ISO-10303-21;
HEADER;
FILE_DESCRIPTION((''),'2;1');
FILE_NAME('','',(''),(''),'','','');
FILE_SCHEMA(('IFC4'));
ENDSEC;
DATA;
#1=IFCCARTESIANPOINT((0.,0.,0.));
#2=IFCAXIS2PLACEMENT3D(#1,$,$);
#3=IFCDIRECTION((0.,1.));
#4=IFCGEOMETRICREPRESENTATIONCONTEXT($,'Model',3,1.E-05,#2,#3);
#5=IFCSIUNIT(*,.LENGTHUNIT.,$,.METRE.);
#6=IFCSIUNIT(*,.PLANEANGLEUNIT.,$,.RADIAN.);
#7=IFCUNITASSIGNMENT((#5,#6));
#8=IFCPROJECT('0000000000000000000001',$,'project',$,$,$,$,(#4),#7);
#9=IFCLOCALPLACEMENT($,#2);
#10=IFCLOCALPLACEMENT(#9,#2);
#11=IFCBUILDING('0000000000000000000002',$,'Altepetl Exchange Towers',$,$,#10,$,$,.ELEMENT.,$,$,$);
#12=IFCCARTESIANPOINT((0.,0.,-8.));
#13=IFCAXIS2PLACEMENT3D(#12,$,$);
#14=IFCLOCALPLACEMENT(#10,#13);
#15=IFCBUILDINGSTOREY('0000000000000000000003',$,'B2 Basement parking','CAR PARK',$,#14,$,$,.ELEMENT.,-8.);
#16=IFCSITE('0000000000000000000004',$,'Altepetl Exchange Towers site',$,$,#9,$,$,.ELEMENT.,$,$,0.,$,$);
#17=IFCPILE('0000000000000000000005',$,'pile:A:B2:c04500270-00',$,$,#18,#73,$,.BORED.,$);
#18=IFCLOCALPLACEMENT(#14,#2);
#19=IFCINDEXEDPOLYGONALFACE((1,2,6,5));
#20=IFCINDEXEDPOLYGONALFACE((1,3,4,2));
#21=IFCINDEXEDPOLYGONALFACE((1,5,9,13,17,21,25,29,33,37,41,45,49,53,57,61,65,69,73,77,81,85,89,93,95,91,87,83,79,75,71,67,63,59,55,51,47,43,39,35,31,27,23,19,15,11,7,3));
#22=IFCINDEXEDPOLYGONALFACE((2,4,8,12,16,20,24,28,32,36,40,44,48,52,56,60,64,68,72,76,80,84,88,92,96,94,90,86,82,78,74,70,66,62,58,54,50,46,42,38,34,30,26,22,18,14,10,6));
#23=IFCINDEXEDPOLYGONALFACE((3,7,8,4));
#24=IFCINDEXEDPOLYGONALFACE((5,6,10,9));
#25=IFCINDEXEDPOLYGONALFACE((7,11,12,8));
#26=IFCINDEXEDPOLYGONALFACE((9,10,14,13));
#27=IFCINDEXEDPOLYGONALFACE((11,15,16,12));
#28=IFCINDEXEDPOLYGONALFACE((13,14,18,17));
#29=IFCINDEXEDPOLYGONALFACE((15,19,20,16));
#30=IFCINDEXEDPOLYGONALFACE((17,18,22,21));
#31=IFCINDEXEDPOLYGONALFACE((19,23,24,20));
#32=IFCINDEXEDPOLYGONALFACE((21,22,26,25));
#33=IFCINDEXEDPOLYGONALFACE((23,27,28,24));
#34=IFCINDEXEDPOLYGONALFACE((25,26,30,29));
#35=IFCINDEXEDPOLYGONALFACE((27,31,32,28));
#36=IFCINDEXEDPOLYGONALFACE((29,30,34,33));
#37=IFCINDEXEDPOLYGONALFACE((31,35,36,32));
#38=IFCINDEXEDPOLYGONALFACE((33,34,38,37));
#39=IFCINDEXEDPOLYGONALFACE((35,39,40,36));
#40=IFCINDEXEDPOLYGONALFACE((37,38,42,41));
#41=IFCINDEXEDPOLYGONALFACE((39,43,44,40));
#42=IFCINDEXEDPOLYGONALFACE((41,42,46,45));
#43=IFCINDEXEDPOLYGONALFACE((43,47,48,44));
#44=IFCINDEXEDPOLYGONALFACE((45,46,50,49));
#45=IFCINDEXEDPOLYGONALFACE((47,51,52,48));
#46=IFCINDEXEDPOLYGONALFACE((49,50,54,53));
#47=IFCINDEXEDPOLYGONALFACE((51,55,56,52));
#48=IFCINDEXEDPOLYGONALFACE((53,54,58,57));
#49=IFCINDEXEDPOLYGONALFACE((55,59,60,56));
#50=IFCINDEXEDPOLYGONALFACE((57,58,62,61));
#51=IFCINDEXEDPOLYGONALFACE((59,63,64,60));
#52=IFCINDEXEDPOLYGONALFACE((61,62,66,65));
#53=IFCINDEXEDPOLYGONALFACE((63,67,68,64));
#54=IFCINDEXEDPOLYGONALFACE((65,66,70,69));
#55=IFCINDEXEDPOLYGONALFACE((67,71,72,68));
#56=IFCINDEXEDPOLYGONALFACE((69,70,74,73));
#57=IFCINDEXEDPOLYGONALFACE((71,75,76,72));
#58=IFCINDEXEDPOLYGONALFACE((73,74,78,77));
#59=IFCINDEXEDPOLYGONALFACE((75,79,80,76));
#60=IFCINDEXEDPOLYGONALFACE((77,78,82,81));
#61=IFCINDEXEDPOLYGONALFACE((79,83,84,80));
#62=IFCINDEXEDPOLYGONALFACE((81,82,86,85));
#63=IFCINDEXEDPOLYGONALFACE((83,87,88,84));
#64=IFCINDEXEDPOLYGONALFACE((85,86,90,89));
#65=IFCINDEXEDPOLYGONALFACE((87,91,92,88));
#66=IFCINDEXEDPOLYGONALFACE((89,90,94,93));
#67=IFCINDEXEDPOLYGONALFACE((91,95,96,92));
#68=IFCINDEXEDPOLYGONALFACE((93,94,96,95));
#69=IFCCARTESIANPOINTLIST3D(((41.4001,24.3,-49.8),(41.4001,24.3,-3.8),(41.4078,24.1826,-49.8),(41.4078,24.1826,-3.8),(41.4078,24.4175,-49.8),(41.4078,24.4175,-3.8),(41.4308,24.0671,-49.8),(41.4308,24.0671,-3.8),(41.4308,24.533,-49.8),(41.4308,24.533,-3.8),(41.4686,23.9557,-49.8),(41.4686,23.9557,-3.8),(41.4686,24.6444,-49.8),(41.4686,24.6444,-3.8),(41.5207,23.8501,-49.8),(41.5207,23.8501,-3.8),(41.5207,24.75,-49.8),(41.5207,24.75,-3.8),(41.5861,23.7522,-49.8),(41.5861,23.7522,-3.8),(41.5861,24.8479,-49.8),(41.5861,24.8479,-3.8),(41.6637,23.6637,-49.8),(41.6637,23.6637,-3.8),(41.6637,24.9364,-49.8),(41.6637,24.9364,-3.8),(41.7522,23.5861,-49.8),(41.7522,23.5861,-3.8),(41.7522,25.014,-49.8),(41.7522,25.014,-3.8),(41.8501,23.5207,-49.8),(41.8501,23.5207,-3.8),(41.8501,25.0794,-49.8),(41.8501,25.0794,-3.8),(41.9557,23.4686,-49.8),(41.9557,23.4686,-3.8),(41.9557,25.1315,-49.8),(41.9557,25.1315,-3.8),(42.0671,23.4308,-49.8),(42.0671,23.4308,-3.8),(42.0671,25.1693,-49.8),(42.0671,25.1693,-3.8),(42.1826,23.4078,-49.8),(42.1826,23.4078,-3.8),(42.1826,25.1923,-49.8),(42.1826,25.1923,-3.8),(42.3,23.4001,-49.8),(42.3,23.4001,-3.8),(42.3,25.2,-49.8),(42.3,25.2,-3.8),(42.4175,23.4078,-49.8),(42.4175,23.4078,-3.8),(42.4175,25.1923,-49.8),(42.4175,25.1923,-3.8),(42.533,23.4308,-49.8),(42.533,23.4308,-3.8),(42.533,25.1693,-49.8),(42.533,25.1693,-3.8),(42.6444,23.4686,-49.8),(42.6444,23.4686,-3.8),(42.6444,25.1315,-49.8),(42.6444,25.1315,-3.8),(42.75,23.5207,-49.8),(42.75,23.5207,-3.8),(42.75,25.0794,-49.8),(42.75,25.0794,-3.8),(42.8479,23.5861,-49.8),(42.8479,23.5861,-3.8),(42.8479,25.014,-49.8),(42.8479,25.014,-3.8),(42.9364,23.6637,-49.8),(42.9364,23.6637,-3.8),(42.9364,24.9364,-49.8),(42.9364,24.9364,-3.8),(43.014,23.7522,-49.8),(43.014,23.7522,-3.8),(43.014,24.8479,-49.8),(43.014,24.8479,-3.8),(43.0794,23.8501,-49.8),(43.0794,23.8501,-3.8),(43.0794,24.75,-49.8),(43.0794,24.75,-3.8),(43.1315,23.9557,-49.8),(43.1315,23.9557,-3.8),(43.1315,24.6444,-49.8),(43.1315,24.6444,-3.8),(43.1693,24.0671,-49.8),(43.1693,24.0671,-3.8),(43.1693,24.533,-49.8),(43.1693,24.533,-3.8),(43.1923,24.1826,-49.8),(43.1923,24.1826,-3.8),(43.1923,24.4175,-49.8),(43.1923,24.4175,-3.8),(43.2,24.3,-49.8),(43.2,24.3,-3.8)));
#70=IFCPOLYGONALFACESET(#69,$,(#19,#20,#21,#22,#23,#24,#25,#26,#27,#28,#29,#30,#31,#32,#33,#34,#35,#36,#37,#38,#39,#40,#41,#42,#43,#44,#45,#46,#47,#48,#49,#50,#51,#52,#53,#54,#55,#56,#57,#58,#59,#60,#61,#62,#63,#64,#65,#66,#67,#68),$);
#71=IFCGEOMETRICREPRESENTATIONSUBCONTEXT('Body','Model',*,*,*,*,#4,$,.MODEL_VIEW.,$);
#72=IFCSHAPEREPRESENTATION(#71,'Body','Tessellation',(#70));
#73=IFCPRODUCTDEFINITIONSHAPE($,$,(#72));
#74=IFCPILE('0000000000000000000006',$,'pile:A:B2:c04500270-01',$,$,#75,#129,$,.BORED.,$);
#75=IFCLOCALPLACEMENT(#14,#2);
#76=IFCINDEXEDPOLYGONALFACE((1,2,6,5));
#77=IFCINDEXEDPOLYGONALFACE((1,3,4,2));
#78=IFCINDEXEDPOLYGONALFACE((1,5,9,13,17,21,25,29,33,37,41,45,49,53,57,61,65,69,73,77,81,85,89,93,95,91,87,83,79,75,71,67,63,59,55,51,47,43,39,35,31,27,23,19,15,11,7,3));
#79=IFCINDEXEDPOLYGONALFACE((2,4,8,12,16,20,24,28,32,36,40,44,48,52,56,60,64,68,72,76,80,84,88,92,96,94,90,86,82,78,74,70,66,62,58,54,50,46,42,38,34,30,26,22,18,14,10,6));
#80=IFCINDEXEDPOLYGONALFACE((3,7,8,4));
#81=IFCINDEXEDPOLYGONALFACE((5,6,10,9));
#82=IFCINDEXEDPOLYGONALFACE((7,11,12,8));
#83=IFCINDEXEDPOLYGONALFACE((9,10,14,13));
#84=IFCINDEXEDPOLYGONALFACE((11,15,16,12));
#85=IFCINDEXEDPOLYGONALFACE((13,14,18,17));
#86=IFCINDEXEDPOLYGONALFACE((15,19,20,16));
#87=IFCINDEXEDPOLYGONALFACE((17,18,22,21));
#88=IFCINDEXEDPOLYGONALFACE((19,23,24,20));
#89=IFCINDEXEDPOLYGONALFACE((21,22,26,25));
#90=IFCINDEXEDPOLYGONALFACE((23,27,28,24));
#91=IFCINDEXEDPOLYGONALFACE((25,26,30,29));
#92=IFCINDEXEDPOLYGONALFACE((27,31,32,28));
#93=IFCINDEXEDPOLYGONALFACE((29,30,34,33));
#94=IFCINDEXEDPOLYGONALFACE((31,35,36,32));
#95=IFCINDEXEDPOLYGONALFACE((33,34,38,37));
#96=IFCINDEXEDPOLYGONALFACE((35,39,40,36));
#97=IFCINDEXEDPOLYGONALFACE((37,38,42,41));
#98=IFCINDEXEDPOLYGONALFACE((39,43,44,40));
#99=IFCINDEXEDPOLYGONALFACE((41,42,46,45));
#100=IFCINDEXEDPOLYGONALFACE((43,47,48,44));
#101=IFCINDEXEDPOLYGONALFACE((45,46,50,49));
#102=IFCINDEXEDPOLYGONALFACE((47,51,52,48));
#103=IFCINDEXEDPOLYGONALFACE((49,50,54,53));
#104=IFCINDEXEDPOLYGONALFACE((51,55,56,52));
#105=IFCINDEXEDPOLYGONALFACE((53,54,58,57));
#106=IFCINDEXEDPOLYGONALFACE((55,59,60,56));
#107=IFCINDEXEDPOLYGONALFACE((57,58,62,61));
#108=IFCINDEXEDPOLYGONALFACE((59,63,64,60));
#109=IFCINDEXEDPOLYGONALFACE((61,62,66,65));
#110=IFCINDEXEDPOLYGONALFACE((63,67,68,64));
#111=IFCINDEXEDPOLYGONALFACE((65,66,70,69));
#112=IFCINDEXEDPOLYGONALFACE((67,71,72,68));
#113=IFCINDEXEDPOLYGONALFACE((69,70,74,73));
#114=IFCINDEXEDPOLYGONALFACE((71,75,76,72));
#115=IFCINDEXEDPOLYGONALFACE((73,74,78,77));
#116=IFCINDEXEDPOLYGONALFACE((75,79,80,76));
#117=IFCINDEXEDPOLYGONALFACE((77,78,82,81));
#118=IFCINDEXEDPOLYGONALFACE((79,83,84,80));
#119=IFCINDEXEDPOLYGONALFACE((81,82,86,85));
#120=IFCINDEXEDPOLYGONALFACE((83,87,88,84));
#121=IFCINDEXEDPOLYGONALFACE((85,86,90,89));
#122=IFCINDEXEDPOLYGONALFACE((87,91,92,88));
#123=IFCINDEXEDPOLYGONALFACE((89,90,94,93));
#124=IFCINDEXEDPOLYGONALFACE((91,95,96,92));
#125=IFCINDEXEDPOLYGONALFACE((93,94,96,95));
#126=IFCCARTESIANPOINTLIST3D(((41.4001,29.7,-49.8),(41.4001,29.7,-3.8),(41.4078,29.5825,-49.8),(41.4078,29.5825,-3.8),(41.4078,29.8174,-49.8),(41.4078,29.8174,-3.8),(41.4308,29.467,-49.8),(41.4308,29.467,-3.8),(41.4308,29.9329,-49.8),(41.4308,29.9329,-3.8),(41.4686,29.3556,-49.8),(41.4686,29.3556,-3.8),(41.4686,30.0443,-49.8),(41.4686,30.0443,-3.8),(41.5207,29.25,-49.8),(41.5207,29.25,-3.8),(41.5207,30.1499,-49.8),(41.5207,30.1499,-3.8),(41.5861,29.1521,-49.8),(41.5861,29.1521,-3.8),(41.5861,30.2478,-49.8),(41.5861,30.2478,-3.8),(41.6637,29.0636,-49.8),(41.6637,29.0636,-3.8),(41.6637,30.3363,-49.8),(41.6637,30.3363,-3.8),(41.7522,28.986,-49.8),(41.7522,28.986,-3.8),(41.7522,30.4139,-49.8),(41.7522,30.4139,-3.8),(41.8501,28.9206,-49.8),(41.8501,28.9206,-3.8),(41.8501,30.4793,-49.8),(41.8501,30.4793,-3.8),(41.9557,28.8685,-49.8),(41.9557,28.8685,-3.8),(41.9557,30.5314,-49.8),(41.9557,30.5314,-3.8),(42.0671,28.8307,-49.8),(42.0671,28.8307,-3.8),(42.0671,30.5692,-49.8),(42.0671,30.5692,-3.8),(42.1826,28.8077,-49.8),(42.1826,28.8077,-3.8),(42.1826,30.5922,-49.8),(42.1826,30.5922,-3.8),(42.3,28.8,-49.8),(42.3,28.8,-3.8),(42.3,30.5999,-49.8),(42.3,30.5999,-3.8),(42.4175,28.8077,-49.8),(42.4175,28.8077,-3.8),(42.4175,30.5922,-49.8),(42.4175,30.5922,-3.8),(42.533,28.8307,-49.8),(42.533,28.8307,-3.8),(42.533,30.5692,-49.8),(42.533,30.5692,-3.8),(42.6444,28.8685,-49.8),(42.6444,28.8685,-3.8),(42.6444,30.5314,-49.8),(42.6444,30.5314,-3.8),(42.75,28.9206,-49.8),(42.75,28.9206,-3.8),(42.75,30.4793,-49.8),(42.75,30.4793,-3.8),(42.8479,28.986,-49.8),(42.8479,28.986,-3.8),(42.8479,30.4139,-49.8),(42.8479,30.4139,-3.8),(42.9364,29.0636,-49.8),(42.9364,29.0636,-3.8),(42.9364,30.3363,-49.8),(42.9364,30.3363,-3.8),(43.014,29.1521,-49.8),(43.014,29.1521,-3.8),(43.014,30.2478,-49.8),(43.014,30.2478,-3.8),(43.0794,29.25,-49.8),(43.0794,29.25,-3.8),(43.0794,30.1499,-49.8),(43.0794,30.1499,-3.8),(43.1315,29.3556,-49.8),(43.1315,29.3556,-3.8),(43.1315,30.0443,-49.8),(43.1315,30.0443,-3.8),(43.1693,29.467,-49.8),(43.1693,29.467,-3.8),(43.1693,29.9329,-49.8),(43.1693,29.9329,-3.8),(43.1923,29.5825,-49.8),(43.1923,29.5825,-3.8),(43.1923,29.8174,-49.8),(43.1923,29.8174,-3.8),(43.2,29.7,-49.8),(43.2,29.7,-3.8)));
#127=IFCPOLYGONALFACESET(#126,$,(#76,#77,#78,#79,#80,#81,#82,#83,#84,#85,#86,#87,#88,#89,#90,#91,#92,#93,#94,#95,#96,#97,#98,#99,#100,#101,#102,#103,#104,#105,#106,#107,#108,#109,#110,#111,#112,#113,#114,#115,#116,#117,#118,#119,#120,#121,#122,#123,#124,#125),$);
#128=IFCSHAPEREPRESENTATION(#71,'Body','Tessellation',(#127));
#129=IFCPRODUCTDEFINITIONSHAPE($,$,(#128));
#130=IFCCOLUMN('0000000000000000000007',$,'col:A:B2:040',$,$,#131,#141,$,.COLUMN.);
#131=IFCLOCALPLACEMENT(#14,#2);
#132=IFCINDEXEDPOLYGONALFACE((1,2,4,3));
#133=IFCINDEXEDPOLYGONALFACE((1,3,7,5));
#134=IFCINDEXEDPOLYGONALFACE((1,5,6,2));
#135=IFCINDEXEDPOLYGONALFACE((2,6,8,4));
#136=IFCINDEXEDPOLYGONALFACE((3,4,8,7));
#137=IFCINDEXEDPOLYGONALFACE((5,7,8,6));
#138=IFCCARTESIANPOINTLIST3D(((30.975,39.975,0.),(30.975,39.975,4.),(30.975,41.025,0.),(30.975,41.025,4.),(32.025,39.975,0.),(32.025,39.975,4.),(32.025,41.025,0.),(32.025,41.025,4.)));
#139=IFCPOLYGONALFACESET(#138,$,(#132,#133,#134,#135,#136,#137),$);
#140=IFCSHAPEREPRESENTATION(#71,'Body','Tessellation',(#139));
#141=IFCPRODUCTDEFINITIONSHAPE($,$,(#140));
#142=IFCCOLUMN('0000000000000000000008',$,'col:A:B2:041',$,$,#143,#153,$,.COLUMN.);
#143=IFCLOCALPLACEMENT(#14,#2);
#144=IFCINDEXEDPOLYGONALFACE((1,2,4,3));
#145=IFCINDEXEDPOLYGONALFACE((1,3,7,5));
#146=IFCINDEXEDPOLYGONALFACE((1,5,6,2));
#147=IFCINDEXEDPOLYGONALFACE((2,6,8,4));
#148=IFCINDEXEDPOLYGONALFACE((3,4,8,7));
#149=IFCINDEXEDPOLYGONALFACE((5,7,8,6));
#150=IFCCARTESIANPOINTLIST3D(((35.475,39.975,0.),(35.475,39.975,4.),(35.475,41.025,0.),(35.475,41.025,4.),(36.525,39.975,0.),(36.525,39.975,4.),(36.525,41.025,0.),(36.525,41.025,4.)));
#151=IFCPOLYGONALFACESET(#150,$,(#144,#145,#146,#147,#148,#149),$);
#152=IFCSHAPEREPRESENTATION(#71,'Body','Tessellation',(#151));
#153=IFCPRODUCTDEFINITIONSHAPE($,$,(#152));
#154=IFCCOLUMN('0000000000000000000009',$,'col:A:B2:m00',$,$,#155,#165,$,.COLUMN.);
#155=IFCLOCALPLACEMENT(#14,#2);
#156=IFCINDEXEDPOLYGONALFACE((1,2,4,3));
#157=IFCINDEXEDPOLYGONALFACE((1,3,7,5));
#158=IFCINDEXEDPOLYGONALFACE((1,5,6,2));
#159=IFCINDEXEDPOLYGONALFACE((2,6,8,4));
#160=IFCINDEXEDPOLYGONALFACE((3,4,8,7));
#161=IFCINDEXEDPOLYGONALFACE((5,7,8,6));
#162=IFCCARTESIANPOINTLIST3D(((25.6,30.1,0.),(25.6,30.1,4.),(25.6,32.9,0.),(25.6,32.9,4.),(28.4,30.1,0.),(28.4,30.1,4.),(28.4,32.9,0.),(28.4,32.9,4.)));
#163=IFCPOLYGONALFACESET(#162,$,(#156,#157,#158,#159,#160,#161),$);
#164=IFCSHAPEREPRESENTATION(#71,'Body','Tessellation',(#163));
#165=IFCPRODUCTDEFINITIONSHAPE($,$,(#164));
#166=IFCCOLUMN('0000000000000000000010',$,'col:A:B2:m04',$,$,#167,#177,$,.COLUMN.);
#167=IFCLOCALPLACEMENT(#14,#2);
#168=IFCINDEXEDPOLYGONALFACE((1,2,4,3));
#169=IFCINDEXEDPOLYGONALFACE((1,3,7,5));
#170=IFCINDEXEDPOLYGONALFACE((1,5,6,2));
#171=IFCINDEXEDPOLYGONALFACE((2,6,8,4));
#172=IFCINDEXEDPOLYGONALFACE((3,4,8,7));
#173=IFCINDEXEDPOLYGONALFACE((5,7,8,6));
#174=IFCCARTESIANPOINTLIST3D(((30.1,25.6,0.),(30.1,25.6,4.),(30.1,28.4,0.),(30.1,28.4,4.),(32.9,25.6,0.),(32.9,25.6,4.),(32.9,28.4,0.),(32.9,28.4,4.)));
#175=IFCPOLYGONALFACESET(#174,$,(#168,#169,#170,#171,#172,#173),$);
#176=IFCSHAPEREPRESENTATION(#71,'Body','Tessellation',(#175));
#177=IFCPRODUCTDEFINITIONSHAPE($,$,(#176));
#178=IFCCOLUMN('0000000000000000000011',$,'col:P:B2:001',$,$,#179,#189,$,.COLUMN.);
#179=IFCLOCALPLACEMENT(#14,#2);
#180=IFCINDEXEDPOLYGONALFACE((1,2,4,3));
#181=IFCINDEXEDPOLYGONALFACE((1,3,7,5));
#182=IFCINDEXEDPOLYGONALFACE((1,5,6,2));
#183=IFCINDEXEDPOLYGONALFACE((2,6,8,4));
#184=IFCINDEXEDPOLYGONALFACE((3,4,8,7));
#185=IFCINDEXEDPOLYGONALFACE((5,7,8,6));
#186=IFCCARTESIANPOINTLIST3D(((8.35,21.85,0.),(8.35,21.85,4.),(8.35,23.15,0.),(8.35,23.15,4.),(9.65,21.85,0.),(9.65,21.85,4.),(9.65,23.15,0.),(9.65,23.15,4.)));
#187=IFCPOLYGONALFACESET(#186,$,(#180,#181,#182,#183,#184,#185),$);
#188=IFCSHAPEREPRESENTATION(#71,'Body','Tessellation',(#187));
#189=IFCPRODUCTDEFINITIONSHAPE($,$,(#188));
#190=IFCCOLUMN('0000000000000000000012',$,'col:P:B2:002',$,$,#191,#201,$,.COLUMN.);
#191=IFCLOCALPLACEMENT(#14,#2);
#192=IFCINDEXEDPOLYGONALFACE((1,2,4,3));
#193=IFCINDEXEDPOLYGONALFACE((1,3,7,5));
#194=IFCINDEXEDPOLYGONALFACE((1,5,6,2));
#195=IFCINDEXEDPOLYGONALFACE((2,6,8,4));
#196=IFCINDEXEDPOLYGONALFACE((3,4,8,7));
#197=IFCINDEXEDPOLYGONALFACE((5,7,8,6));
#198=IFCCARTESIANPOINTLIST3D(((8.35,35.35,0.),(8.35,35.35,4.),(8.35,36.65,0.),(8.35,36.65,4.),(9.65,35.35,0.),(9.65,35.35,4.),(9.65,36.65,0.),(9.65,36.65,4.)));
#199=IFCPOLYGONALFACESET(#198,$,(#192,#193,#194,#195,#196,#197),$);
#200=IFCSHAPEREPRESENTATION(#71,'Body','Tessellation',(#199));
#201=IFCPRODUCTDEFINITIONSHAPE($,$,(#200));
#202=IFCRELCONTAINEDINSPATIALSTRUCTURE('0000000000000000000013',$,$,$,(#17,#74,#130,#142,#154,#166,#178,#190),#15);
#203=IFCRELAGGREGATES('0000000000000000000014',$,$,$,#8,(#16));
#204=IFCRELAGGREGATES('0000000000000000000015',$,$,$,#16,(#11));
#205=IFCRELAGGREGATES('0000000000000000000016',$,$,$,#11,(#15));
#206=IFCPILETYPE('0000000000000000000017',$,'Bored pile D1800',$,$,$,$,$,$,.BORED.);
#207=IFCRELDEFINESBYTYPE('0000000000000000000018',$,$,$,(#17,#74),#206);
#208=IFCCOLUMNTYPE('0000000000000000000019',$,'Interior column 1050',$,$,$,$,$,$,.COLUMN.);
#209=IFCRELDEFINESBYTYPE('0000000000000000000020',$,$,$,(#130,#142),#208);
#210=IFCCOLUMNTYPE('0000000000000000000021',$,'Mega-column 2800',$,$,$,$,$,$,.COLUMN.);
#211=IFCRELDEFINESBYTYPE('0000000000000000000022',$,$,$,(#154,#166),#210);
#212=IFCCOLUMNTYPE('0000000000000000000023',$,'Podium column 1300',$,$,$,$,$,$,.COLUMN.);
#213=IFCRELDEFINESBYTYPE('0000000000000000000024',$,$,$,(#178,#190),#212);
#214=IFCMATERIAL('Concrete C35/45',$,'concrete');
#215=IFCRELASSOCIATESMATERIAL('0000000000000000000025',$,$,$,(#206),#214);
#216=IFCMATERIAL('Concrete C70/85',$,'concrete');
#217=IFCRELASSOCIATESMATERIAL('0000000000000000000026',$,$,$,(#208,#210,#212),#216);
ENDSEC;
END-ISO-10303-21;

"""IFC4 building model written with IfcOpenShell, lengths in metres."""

from ifc_helpers import new_model, si_unit, direction, frame, origin, origin_2d, place, context, subcontext, project, spatial, rectangle, circle, extrude, material, material_profile, profile_set, type_object, element, save


model = new_model("IFC4")

# Units and contexts
model_context = context("Model", 3, precision=1e-05, world=origin(), true_north=direction((0.0, 1.0)))
body_context = subcontext(model_context, "Body", "Model", "MODEL_VIEW")
ifc_project = project(units=[si_unit("LENGTHUNIT", "METRE"), si_unit("PLANEANGLEUNIT", "RADIAN")], contexts=[model_context])

# Site, building, storey
site_placement = place(None, origin())
site = spatial("IfcSite", under=ifc_project, at=site_placement, Name="Altepetl Exchange Towers site", CompositionType="ELEMENT", RefElevation=0.0)
building_placement = place(site_placement, origin())
building = spatial("IfcBuilding", under=site, at=building_placement, Name="Altepetl Exchange Towers", CompositionType="ELEMENT")
storey_placement = place(building_placement, frame((0.0, 0.0, -8.0)))
storey = spatial("IfcBuildingStorey", under=building, at=storey_placement, Name="B2 Basement parking", Description="CAR PARK", CompositionType="ELEMENT", Elevation=-8.0)

# Piles
ifc_material_1 = material(Name="Concrete C35/45", Category="concrete")
ifc_material_profile_1 = material_profile(ifc_material_1, circle(Radius=0.8999, at=origin_2d()), Name="D1800")
ifc_profile_set_1 = profile_set([ifc_material_profile_1], Name="Concrete C35/45")
pile_type_1 = type_object("IfcPileType", Name="Bored pile D1800", PredefinedType="BORED", material=ifc_profile_set_1)
for number, where, z_axis, x_axis, name in (
    (1, (42.3, 24.3, -3.8), (0.0, 0.0, -1.0), (1.0, 0.0, 0.0), "pile:A:B2:c04500270-00"),
    (2, (42.3, 29.7, -3.8), (0.0, 0.0, -1.0), (1.0, 0.0, 0.0), "pile:A:B2:c04500270-01"),
):
    element("IfcPile", number, at=place(storey_placement, frame(where, z_axis=z_axis, x_axis=x_axis)), inside=storey, type_object=pile_type_1, Name=name, PredefinedType="BORED", context=body_context, shape_type="SweptSolid", body=[
        extrude(circle(Radius=0.8999, at=origin_2d()), origin(), (0.0, 0.0, 1.0), 46.0),
    ])

# Columns
ifc_material_2 = material(Name="Concrete C70/85", Category="concrete")
ifc_material_profile_2 = material_profile(ifc_material_2, rectangle(XDim=1.05, YDim=1.05, at=origin_2d()), Name="1050 x 1050")
ifc_profile_set_2 = profile_set([ifc_material_profile_2], Name="Concrete C70/85")
column_type_1 = type_object("IfcColumnType", Name="Interior column 1050", PredefinedType="COLUMN", material=ifc_profile_set_2)
for number, where, name in (
    (3, (31.5, 40.5, 0.0), "col:A:B2:040"),
    (4, (36.0, 40.5, 0.0), "col:A:B2:041"),
):
    element("IfcColumn", number, at=place(storey_placement, frame(where)), inside=storey, type_object=column_type_1, Name=name, PredefinedType="COLUMN", context=body_context, shape_type="SweptSolid", body=[
        extrude(rectangle(XDim=1.05, YDim=1.05, at=origin_2d()), origin(), (0.0, 0.0, 1.0), 4.0),
    ])
ifc_material_profile_3 = material_profile(ifc_material_2, rectangle(XDim=2.8, YDim=2.8, at=origin_2d()), Name="2800 x 2800")
ifc_profile_set_3 = profile_set([ifc_material_profile_3], Name="Concrete C70/85")
column_type_2 = type_object("IfcColumnType", Name="Mega-column 2800", PredefinedType="COLUMN", material=ifc_profile_set_3)
for number, where, name in (
    (5, (27.0, 31.5, 0.0), "col:A:B2:m00"),
    (6, (31.5, 27.0, 0.0), "col:A:B2:m04"),
):
    element("IfcColumn", number, at=place(storey_placement, frame(where)), inside=storey, type_object=column_type_2, Name=name, PredefinedType="COLUMN", context=body_context, shape_type="SweptSolid", body=[
        extrude(rectangle(XDim=2.8, YDim=2.8, at=origin_2d()), origin(), (0.0, 0.0, 1.0), 4.0),
    ])
ifc_material_profile_4 = material_profile(ifc_material_2, rectangle(XDim=1.3, YDim=1.3, at=origin_2d()), Name="1300 x 1300")
ifc_profile_set_4 = profile_set([ifc_material_profile_4], Name="Concrete C70/85")
column_type_3 = type_object("IfcColumnType", Name="Podium column 1300", PredefinedType="COLUMN", material=ifc_profile_set_4)
for number, where, name in (
    (7, (9.0, 22.5, 0.0), "col:P:B2:001"),
    (8, (9.0, 36.0, 0.0), "col:P:B2:002"),
):
    element("IfcColumn", number, at=place(storey_placement, frame(where)), inside=storey, type_object=column_type_3, Name=name, PredefinedType="COLUMN", context=body_context, shape_type="SweptSolid", body=[
        extrude(rectangle(XDim=1.3, YDim=1.3, at=origin_2d()), origin(), (0.0, 0.0, 1.0), 4.0),
    ])

save(model, "model.ifc")
